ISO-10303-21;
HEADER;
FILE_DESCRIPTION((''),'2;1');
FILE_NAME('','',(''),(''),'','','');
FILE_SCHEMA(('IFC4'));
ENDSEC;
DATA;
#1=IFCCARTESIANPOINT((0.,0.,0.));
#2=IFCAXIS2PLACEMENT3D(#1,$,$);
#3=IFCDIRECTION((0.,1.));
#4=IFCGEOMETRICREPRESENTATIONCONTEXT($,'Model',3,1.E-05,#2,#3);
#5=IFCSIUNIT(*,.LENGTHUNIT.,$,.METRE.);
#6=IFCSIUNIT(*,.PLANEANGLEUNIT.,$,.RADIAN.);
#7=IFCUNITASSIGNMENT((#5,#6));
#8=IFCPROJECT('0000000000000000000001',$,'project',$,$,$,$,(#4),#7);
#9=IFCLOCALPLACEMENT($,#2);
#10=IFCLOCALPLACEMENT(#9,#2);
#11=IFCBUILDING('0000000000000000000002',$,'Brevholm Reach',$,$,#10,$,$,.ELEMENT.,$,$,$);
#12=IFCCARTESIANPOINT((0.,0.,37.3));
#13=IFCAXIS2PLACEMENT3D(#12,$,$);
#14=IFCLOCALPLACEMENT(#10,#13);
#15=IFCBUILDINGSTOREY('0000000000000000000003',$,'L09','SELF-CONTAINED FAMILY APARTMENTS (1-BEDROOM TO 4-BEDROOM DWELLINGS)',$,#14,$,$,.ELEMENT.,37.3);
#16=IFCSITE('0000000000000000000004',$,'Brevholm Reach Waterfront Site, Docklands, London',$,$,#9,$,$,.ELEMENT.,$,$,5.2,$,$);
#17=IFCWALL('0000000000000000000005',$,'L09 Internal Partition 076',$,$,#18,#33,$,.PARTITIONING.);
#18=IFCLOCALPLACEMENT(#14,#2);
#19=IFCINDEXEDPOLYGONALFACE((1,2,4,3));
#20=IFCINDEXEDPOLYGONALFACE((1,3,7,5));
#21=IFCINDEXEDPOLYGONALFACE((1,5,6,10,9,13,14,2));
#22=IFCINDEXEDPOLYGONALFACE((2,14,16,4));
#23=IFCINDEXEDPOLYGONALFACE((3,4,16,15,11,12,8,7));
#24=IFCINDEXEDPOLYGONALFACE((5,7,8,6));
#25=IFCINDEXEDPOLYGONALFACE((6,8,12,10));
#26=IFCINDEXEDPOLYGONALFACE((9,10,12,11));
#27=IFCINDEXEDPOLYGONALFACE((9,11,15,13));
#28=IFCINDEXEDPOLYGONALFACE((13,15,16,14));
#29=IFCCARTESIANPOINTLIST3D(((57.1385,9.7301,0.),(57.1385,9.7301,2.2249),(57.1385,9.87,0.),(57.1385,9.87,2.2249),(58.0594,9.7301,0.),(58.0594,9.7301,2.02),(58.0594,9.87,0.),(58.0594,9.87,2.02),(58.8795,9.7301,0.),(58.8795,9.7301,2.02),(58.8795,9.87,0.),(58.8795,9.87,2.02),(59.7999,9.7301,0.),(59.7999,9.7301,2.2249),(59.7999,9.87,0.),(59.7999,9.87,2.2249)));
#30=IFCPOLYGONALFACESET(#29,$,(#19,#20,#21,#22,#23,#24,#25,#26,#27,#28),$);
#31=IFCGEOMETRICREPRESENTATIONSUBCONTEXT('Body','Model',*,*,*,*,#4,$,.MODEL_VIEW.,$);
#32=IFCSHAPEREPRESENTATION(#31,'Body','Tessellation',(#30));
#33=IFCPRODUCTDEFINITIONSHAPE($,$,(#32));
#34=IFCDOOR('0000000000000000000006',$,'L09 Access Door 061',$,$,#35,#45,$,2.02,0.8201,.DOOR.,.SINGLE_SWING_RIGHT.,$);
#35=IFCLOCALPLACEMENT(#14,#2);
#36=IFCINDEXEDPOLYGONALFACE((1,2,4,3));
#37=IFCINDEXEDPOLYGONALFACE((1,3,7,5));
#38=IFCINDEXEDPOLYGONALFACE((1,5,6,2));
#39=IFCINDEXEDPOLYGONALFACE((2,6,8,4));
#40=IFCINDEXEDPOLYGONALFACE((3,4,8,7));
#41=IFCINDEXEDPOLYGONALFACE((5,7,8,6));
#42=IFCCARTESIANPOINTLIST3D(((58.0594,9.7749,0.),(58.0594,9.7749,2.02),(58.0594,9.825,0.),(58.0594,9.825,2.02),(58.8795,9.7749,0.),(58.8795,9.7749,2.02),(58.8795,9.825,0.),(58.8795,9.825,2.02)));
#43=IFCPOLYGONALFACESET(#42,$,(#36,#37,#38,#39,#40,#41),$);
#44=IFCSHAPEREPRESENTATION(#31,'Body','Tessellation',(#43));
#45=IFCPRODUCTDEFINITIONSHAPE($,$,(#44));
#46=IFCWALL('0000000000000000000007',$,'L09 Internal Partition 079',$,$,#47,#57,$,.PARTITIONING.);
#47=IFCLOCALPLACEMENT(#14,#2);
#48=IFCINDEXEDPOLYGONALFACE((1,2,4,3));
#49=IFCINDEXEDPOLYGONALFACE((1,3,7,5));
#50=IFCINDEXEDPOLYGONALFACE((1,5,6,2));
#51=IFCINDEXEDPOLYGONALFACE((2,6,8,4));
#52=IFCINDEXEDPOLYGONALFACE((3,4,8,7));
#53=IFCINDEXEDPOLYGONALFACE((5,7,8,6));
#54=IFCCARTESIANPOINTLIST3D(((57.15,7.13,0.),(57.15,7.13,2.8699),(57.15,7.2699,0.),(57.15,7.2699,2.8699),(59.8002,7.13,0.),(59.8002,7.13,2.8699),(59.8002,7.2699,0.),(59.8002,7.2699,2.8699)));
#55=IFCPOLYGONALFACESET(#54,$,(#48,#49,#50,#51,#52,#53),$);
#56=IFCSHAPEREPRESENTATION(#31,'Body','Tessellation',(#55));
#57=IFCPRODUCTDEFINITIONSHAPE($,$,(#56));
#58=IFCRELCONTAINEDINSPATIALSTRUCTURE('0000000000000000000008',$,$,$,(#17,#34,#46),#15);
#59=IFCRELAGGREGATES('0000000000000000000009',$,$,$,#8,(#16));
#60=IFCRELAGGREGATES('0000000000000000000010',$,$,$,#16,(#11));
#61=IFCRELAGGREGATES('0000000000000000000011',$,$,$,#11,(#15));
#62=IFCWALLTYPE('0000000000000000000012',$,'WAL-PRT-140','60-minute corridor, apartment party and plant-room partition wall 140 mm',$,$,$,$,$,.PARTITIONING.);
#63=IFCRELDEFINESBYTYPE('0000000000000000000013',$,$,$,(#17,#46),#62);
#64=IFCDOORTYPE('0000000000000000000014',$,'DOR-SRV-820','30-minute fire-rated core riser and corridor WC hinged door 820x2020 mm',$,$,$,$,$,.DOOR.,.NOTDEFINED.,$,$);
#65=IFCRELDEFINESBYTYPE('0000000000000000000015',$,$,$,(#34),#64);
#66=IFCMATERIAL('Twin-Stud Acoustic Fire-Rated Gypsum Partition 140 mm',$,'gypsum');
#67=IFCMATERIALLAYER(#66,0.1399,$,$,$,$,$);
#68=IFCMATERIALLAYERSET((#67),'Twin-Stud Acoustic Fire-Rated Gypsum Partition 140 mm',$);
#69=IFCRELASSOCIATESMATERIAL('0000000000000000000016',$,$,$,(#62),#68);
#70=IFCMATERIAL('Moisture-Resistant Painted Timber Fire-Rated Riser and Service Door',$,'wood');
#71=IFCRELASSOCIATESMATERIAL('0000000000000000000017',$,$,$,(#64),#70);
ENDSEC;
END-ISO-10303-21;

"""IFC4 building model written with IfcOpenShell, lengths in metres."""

from ifc_helpers import new_model, si_unit, direction, frame, frame_2d, origin, place, context, subcontext, project, spatial, rectangle, extrude, material, layer, layer_set, type_object, element, fill, save


model = new_model("IFC4")

# Units and contexts
model_context = context("Model", 3, precision=1e-05, world=origin(), true_north=direction((0.0, 1.0)))
body_context = subcontext(model_context, "Body", "Model", "MODEL_VIEW")
ifc_project = project(units=[si_unit("LENGTHUNIT", "METRE"), si_unit("PLANEANGLEUNIT", "RADIAN")], contexts=[model_context])

# Site, building, storey
site_placement = place(None, origin())
site = spatial("IfcSite", under=ifc_project, at=site_placement, Name="Brevholm Reach Waterfront Site, Docklands, London", CompositionType="ELEMENT", RefElevation=5.2)
building_placement = place(site_placement, origin())
building = spatial("IfcBuilding", under=site, at=building_placement, Name="Brevholm Reach", CompositionType="ELEMENT")
storey_placement = place(building_placement, frame((0.0, 0.0, 37.3)))
storey = spatial("IfcBuildingStorey", under=building, at=storey_placement, Name="L09", Description="SELF-CONTAINED FAMILY APARTMENTS (1-BEDROOM TO 4-BEDROOM DWELLINGS)", CompositionType="ELEMENT", Elevation=37.3)

# Wall, opening, door
ifc_material_1 = material(Name="Twin-Stud Acoustic Fire-Rated Gypsum Partition 140 mm", Category="gypsum")
ifc_layer_1 = layer(ifc_material_1, 0.1399)
ifc_layer_set_1 = layer_set([ifc_layer_1], Name="Twin-Stud Acoustic Fire-Rated Gypsum Partition 140 mm")
wall_type_1 = type_object("IfcWallType", Name="WAL-PRT-140", Description="60-minute corridor, apartment party and plant-room partition wall 140 mm", PredefinedType="PARTITIONING", material=ifc_layer_set_1)
wall_1_placement = place(storey_placement, frame((57.1387, 9.8, 0.0), z_axis=(0.0, 0.0, 1.0), x_axis=(1.0, 0.0, 0.0)))
wall_1 = element("IfcWall", 1, at=wall_1_placement, inside=storey, type_object=wall_type_1, Name="L09 Internal Partition 076", PredefinedType="PARTITIONING", context=body_context, shape_type="SweptSolid", body=[
    extrude(rectangle(XDim=2.6614, YDim=0.1399, at=frame_2d((1.3306, 0.0))), origin(), (0.0, 0.0, 1.0), 2.2249),
])
opening_1_placement = place(wall_1_placement, frame((0.9207, 0.0, 0.0)))
opening_1 = element("IfcOpeningElement", 2, at=opening_1_placement, cuts=wall_1, PredefinedType="OPENING", context=body_context, shape_type="SweptSolid", body=[
    extrude(rectangle(XDim=0.8201, YDim=2.02, at=frame_2d((0.4102, 1.01))), frame((0.0, 0.0798, 0.0), z_axis=(0.0, -1.0, 0.0), x_axis=(1.0, 0.0, 0.0)), (0.0, 0.0, 1.0), 0.1599),
])
ifc_material_2 = material(Name="Moisture-Resistant Painted Timber Fire-Rated Riser and Service Door", Category="wood")
door_type_1 = type_object("IfcDoorType", Name="DOR-SRV-820", Description="30-minute fire-rated core riser and corridor WC hinged door 820x2020 mm", OperationType="NOTDEFINED", PredefinedType="DOOR", material=ifc_material_2)
door_1_placement = place(opening_1_placement, origin())
door_1 = element("IfcDoor", 3, at=door_1_placement, inside=storey, type_object=door_type_1, Name="L09 Access Door 061", OperationType="SINGLE_SWING_RIGHT", OverallHeight=2.02, OverallWidth=0.8201, PredefinedType="DOOR", context=body_context, shape_type="SweptSolid", body=[
    extrude(rectangle(XDim=0.8201, YDim=2.02, at=frame_2d((0.4102, 1.01))), frame((0.0, 0.0249, 0.0), z_axis=(0.0, -1.0, 0.0), x_axis=(1.0, 0.0, 0.0)), (0.0, 0.0, 1.0), 0.05),
])
fill(opening_1, door_1)

# Wall
wall_2_placement = place(storey_placement, frame((57.1499, 7.2, 0.0), z_axis=(0.0, 0.0, 1.0), x_axis=(1.0, 0.0, 0.0)))
element("IfcWall", 4, at=wall_2_placement, inside=storey, type_object=wall_type_1, Name="L09 Internal Partition 079", PredefinedType="PARTITIONING", context=body_context, shape_type="SweptSolid", body=[
    extrude(rectangle(XDim=2.6501, YDim=0.1399, at=frame_2d((1.3252, 0.0))), origin(), (0.0, 0.0, 1.0), 2.8699),
])

save(model, "model.ifc")
